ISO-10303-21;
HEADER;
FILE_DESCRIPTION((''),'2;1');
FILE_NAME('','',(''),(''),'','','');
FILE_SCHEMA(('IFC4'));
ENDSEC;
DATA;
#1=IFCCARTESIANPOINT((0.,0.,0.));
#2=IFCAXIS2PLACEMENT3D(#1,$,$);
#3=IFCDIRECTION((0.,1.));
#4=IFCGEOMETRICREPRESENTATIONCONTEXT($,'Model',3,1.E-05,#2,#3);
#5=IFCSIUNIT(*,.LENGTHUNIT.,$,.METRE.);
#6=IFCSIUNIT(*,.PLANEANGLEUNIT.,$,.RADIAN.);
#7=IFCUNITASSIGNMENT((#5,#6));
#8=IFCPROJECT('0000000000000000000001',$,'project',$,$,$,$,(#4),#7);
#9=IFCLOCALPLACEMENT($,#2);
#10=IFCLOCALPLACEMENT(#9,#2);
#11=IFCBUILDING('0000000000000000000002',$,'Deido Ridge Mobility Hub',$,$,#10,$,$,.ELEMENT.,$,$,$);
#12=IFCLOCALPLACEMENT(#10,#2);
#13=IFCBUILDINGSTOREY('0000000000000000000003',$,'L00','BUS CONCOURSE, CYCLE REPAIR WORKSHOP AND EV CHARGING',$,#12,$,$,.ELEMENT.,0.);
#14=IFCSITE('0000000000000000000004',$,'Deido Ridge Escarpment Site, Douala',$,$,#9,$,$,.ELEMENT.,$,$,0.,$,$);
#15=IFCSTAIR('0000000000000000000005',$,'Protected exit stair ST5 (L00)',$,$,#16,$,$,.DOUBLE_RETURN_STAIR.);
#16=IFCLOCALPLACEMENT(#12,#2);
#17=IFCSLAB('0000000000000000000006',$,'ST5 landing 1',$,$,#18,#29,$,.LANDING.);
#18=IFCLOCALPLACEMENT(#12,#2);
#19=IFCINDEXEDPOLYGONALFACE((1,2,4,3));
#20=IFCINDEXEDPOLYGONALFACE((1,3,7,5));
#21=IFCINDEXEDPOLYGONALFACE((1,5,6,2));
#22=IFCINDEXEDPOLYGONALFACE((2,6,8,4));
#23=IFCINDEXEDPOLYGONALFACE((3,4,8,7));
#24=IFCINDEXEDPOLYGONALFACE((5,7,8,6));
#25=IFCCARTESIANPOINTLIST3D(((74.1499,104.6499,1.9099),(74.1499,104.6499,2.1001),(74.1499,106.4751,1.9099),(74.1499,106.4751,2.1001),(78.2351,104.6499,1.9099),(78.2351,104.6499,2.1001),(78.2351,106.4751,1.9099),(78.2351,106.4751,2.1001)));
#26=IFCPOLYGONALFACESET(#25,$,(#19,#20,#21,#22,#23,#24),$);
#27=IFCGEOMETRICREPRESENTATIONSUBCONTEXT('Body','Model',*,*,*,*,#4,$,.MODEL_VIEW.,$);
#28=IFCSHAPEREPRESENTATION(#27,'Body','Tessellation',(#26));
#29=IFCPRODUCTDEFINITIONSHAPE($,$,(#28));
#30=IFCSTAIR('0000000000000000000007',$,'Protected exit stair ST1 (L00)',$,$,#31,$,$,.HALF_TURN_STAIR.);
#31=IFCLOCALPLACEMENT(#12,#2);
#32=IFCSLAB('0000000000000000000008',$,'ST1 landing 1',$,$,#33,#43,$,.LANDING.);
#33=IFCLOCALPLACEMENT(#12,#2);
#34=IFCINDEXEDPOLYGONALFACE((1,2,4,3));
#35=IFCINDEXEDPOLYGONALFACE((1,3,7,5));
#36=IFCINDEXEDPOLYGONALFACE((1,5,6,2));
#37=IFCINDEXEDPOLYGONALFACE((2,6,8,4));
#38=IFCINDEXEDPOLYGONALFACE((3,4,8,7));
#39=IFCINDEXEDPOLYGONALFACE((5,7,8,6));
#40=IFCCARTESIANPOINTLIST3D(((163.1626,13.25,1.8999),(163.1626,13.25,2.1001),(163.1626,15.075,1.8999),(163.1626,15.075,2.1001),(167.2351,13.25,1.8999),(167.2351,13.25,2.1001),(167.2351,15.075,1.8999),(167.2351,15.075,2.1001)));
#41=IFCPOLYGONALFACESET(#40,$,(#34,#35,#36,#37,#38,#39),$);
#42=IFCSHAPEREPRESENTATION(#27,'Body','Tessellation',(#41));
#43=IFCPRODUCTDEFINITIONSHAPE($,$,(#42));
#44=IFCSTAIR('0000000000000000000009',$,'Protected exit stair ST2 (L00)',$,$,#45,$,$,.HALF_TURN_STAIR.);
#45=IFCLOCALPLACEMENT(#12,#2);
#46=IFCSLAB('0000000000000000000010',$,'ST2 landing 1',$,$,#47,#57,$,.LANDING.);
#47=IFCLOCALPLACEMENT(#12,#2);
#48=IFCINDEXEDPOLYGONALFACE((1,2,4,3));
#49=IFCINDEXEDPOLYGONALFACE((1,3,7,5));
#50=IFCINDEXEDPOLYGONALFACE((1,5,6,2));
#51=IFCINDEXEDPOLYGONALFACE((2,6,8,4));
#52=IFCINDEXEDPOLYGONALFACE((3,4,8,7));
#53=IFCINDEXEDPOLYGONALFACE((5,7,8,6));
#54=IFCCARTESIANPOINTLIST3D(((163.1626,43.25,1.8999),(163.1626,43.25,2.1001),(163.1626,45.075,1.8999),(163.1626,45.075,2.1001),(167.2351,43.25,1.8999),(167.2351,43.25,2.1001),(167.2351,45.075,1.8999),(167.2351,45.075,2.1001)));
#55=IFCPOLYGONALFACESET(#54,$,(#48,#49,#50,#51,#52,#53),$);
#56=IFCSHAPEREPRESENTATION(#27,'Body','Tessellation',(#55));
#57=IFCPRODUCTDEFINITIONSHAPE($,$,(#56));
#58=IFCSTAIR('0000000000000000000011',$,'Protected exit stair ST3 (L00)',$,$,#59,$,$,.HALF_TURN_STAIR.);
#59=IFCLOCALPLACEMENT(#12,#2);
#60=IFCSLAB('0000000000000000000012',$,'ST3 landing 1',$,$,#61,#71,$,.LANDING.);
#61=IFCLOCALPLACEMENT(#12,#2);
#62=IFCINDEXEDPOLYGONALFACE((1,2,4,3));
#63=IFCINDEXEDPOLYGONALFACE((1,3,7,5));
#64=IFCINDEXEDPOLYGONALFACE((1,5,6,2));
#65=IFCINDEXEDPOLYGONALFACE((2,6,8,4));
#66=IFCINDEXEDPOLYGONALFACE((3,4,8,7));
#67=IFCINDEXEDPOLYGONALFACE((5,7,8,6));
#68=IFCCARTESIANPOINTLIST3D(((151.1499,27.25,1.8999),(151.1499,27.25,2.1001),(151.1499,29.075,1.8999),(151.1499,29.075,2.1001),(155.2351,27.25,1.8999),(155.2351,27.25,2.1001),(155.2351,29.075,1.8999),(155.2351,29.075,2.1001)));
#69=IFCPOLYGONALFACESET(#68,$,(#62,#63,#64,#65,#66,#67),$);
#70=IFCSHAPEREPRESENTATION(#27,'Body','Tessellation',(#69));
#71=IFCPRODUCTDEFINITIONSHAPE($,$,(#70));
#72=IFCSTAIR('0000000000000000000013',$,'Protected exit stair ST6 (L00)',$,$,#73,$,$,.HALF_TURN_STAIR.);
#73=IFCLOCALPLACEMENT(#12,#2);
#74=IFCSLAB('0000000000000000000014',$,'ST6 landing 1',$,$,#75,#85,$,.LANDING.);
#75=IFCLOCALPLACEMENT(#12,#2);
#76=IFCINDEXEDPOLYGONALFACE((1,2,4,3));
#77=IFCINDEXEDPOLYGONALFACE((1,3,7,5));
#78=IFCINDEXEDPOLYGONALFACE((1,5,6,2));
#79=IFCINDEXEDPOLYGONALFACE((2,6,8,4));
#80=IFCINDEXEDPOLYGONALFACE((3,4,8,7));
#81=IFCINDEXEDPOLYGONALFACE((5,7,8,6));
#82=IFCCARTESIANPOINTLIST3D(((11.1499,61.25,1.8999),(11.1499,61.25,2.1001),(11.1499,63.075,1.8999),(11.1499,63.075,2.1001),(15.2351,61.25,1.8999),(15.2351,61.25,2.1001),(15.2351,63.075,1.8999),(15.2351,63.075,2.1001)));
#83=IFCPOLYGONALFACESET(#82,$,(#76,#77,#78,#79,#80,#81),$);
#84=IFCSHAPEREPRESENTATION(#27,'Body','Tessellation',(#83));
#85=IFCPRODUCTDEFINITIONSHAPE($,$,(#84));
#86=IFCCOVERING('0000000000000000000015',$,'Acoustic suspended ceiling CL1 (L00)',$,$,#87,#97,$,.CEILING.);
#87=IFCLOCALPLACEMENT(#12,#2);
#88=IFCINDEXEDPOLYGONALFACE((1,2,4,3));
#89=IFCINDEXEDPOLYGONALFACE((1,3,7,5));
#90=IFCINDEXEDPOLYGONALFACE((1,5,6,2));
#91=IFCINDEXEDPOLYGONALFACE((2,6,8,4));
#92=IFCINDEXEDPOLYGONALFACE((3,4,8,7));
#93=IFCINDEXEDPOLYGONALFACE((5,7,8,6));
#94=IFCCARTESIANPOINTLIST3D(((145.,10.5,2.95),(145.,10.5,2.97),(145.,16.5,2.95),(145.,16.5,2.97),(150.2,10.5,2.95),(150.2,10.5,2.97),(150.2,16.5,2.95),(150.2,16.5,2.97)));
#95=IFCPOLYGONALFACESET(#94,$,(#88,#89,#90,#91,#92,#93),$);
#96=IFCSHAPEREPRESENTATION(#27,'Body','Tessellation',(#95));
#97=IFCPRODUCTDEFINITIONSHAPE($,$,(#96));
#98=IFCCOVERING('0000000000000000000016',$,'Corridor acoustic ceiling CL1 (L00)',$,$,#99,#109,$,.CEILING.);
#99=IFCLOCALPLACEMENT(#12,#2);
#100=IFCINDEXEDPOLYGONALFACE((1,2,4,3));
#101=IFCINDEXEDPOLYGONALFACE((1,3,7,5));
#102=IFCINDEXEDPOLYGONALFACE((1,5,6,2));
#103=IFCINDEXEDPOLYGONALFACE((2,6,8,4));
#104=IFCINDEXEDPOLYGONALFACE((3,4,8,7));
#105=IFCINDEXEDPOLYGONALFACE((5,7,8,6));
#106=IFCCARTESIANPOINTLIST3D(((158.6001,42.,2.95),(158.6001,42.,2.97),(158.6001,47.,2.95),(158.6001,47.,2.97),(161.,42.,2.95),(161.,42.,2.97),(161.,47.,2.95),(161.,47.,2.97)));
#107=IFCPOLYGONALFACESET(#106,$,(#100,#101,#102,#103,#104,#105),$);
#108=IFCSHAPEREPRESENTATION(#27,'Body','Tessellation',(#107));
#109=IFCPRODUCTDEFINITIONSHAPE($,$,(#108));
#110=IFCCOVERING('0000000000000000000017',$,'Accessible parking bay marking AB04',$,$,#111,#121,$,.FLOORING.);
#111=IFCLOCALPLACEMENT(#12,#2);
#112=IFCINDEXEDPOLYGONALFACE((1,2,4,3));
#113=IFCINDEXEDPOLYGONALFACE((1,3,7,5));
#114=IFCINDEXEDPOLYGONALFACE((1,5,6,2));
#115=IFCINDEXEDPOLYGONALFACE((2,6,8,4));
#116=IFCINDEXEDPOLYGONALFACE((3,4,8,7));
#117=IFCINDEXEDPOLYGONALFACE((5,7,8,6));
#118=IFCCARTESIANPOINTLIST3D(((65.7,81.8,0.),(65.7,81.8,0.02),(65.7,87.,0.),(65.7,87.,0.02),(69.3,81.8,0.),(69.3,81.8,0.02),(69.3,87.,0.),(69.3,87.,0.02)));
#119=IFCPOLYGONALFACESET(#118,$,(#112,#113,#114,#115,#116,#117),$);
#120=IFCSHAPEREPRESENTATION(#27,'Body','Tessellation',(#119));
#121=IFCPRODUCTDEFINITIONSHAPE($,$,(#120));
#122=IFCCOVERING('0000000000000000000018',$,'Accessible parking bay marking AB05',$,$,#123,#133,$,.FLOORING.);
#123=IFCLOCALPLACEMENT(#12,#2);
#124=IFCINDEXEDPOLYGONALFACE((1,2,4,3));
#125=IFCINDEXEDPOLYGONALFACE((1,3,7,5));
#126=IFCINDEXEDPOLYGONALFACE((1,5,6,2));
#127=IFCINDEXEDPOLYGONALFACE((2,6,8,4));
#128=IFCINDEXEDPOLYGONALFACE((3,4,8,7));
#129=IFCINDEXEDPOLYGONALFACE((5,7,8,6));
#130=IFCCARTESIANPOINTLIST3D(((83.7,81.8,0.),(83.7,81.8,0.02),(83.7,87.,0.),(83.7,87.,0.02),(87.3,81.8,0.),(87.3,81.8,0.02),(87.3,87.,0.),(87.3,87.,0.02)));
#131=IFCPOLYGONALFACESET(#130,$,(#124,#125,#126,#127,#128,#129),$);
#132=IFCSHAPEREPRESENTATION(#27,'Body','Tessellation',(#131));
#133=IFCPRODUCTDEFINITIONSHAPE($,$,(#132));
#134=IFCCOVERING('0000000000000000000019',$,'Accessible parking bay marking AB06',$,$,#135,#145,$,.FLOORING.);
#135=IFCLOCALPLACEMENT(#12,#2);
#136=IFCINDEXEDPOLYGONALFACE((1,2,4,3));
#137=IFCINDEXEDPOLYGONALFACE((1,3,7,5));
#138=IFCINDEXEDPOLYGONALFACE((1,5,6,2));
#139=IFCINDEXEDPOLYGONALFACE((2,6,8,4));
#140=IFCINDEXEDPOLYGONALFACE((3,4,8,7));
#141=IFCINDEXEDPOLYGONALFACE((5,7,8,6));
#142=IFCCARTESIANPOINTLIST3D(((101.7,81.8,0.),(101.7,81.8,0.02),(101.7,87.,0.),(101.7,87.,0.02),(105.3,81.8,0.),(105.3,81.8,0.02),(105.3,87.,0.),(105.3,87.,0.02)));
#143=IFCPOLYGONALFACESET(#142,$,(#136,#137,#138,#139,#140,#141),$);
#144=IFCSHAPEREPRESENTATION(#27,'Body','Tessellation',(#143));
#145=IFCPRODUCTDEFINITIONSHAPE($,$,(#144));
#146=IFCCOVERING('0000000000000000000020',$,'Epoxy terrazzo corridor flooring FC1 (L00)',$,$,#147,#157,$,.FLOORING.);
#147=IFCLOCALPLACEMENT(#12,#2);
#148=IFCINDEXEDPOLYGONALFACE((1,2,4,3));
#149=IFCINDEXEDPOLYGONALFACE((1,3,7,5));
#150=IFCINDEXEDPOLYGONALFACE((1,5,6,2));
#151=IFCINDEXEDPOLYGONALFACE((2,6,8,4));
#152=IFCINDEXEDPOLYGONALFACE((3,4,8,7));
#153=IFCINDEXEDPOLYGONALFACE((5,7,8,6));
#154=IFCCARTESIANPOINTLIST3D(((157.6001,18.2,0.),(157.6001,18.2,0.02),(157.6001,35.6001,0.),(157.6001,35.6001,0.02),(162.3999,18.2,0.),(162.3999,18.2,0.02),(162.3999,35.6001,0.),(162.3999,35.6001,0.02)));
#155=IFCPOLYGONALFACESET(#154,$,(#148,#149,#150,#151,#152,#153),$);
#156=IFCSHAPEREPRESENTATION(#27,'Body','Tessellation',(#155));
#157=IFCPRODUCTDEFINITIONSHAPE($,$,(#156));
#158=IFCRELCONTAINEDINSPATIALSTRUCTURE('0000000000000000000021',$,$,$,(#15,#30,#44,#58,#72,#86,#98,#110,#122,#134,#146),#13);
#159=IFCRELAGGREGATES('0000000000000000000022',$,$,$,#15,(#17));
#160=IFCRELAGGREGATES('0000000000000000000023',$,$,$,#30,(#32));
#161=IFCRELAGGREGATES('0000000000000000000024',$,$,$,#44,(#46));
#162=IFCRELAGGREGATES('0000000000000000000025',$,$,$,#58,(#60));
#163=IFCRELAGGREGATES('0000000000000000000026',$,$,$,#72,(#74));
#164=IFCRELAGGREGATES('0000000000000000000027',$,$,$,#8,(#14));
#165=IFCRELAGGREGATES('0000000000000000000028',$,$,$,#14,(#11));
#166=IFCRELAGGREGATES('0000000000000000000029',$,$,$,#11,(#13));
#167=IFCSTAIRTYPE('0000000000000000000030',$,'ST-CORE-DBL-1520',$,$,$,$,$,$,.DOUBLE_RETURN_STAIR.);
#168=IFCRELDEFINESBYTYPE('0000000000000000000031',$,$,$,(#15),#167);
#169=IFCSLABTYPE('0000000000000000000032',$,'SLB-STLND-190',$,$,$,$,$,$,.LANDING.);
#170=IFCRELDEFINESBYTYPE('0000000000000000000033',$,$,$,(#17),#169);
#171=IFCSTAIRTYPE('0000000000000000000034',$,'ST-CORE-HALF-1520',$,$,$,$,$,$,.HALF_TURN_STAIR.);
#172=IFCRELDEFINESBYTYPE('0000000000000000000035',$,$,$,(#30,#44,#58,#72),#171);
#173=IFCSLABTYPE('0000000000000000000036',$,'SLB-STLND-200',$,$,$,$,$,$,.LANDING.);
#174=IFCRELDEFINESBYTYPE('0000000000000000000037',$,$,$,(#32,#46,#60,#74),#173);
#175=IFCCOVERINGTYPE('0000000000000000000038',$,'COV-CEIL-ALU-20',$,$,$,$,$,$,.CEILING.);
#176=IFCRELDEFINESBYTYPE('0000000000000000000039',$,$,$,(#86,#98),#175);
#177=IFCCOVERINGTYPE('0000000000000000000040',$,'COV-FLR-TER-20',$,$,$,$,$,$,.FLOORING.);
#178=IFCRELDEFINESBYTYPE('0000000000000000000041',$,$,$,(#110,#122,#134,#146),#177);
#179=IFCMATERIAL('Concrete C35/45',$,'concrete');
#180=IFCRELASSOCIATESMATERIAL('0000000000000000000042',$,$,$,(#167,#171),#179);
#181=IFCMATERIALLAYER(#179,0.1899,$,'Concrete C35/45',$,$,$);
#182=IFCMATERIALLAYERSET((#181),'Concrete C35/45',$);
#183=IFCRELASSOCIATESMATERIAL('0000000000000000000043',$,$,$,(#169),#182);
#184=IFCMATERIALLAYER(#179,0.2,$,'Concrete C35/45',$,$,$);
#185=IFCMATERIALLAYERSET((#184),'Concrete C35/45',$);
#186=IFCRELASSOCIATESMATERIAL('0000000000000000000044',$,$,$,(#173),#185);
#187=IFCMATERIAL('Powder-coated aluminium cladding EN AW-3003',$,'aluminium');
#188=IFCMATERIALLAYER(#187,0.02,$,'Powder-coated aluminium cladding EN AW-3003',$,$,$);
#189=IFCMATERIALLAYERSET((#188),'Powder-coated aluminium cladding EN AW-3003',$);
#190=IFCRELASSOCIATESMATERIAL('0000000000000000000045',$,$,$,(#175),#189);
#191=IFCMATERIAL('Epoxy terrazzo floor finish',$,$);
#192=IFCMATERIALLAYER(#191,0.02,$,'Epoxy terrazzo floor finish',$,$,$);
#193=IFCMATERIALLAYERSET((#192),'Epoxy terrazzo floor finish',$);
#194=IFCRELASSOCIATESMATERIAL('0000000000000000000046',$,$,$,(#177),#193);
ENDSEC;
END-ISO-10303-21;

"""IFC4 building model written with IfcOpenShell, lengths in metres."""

from ifc_helpers import new_model, si_unit, direction, frame, origin, place, context, subcontext, project, spatial, polyline, outline, extrude, material, layer, layer_set, type_object, element, aggregate, save


model = new_model("IFC4")

# Units and contexts
model_context = context("Model", 3, precision=1e-05, world=origin(), true_north=direction((0.0, 1.0)))
body_context = subcontext(model_context, "Body", "Model", "MODEL_VIEW")
ifc_project = project(units=[si_unit("LENGTHUNIT", "METRE"), si_unit("PLANEANGLEUNIT", "RADIAN")], contexts=[model_context])

# Site, building, storey
site_placement = place(None, origin())
site = spatial("IfcSite", under=ifc_project, at=site_placement, Name="Deido Ridge Escarpment Site, Douala", CompositionType="ELEMENT", RefElevation=0.0)
building_placement = place(site_placement, origin())
building = spatial("IfcBuilding", under=site, at=building_placement, Name="Deido Ridge Mobility Hub", CompositionType="ELEMENT")
storey_placement = place(building_placement, origin())
storey = spatial("IfcBuildingStorey", under=building, at=storey_placement, Name="L00", Description="BUS CONCOURSE, CYCLE REPAIR WORKSHOP AND EV CHARGING", CompositionType="ELEMENT", Elevation=0.0)

# Shared definitions
ifc_material_1 = material(Name="Concrete C35/45", Category="concrete")

# Stairs, slabs
stair_type_1 = type_object("IfcStairType", Name="ST-CORE-DBL-1520", PredefinedType="DOUBLE_RETURN_STAIR", material=ifc_material_1)
ifc_layer_1 = layer(ifc_material_1, 0.1899, Name="Concrete C35/45")
ifc_layer_set_1 = layer_set([ifc_layer_1], Name="Concrete C35/45")
slab_type_1 = type_object("IfcSlabType", Name="SLB-STLND-190", PredefinedType="LANDING", material=ifc_layer_set_1)
stair_1_placement = place(storey_placement, origin())
stair_1 = element("IfcStair", 1, at=stair_1_placement, inside=storey, type_object=stair_type_1, Name="Protected exit stair ST5 (L00)", PredefinedType="DOUBLE_RETURN_STAIR")
slab_1_placement = place(storey_placement, frame((0.0, 0.0, 1.9099)))
slab_1 = element("IfcSlab", 2, at=slab_1_placement, type_object=slab_type_1, Name="ST5 landing 1", PredefinedType="LANDING", context=body_context, shape_type="SweptSolid", body=[
    extrude(outline(polyline([(74.1499, 104.6499), (78.2351, 104.6499), (78.2351, 106.4751), (74.1499, 106.4751), (74.1499, 104.6499)])), origin(), (0.0, 0.0, 1.0), 0.1902),
])
aggregate(stair_1, [slab_1])
stair_type_2 = type_object("IfcStairType", Name="ST-CORE-HALF-1520", PredefinedType="HALF_TURN_STAIR", material=ifc_material_1)
stair_2_placement = place(storey_placement, origin())
stair_2 = element("IfcStair", 3, at=stair_2_placement, inside=storey, type_object=stair_type_2, Name="Protected exit stair ST1 (L00)", PredefinedType="HALF_TURN_STAIR")
ifc_layer_2 = layer(ifc_material_1, 0.2, Name="Concrete C35/45")
ifc_layer_set_2 = layer_set([ifc_layer_2], Name="Concrete C35/45")
slab_type_2 = type_object("IfcSlabType", Name="SLB-STLND-200", PredefinedType="LANDING", material=ifc_layer_set_2)
slab_2_placement = place(storey_placement, frame((0.0, 0.0, 1.8999)))
slab_2 = element("IfcSlab", 4, at=slab_2_placement, type_object=slab_type_2, Name="ST1 landing 1", PredefinedType="LANDING", context=body_context, shape_type="SweptSolid", body=[
    extrude(outline(polyline([(163.1626, 13.25), (167.2351, 13.25), (167.2351, 15.075), (163.1626, 15.075), (163.1626, 13.25)])), origin(), (0.0, 0.0, 1.0), 0.2002),
])
aggregate(stair_2, [slab_2])
stair_3_placement = place(storey_placement, origin())
stair_3 = element("IfcStair", 5, at=stair_3_placement, inside=storey, type_object=stair_type_2, Name="Protected exit stair ST2 (L00)", PredefinedType="HALF_TURN_STAIR")
slab_3_placement = place(storey_placement, frame((0.0, 0.0, 1.8999)))
slab_3 = element("IfcSlab", 6, at=slab_3_placement, type_object=slab_type_2, Name="ST2 landing 1", PredefinedType="LANDING", context=body_context, shape_type="SweptSolid", body=[
    extrude(outline(polyline([(163.1626, 43.25), (167.2351, 43.25), (167.2351, 45.075), (163.1626, 45.075), (163.1626, 43.25)])), origin(), (0.0, 0.0, 1.0), 0.2002),
])
aggregate(stair_3, [slab_3])
stair_4_placement = place(storey_placement, origin())
stair_4 = element("IfcStair", 7, at=stair_4_placement, inside=storey, type_object=stair_type_2, Name="Protected exit stair ST3 (L00)", PredefinedType="HALF_TURN_STAIR")
slab_4_placement = place(storey_placement, frame((0.0, 0.0, 1.8999)))
slab_4 = element("IfcSlab", 8, at=slab_4_placement, type_object=slab_type_2, Name="ST3 landing 1", PredefinedType="LANDING", context=body_context, shape_type="SweptSolid", body=[
    extrude(outline(polyline([(151.1499, 27.25), (155.2351, 27.25), (155.2351, 29.075), (151.1499, 29.075), (151.1499, 27.25)])), origin(), (0.0, 0.0, 1.0), 0.2002),
])
aggregate(stair_4, [slab_4])
stair_5_placement = place(storey_placement, origin())
stair_5 = element("IfcStair", 9, at=stair_5_placement, inside=storey, type_object=stair_type_2, Name="Protected exit stair ST6 (L00)", PredefinedType="HALF_TURN_STAIR")
slab_5_placement = place(storey_placement, frame((0.0, 0.0, 1.8999)))
slab_5 = element("IfcSlab", 10, at=slab_5_placement, type_object=slab_type_2, Name="ST6 landing 1", PredefinedType="LANDING", context=body_context, shape_type="SweptSolid", body=[
    extrude(outline(polyline([(11.1499, 61.25), (15.2351, 61.25), (15.2351, 63.075), (11.1499, 63.075), (11.1499, 61.25)])), origin(), (0.0, 0.0, 1.0), 0.2002),
])
aggregate(stair_5, [slab_5])

# Coverings
ifc_material_2 = material(Name="Powder-coated aluminium cladding EN AW-3003", Category="aluminium")
ifc_layer_3 = layer(ifc_material_2, 0.02, Name="Powder-coated aluminium cladding EN AW-3003")
ifc_layer_set_3 = layer_set([ifc_layer_3], Name="Powder-coated aluminium cladding EN AW-3003")
covering_type_1 = type_object("IfcCoveringType", Name="COV-CEIL-ALU-20", PredefinedType="CEILING", material=ifc_layer_set_3)
covering_1_placement = place(storey_placement, frame((0.0, 0.0, 2.95)))
element("IfcCovering", 11, at=covering_1_placement, inside=storey, type_object=covering_type_1, Name="Acoustic suspended ceiling CL1 (L00)", PredefinedType="CEILING", context=body_context, shape_type="SweptSolid", body=[
    extrude(outline(polyline([(145.0, 10.5), (150.2, 10.5), (150.2, 16.5), (145.0, 16.5), (145.0, 10.5)])), origin(), (0.0, 0.0, 1.0), 0.02),
])
covering_2_placement = place(storey_placement, frame((0.0, 0.0, 2.95)))
element("IfcCovering", 12, at=covering_2_placement, inside=storey, type_object=covering_type_1, Name="Corridor acoustic ceiling CL1 (L00)", PredefinedType="CEILING", context=body_context, shape_type="SweptSolid", body=[
    extrude(outline(polyline([(158.6001, 42.0), (161.0, 42.0), (161.0, 47.0), (158.6001, 47.0), (158.6001, 42.0)])), origin(), (0.0, 0.0, 1.0), 0.02),
])
ifc_material_3 = material(Name="Epoxy terrazzo floor finish")
ifc_layer_4 = layer(ifc_material_3, 0.02, Name="Epoxy terrazzo floor finish")
ifc_layer_set_4 = layer_set([ifc_layer_4], Name="Epoxy terrazzo floor finish")
covering_type_2 = type_object("IfcCoveringType", Name="COV-FLR-TER-20", PredefinedType="FLOORING", material=ifc_layer_set_4)
covering_3_placement = place(storey_placement, origin())
element("IfcCovering", 13, at=covering_3_placement, inside=storey, type_object=covering_type_2, Name="Accessible parking bay marking AB04", PredefinedType="FLOORING", context=body_context, shape_type="SweptSolid", body=[
    extrude(outline(polyline([(65.7, 81.8), (69.3, 81.8), (69.3, 87.0), (65.7, 87.0), (65.7, 81.8)])), origin(), (0.0, 0.0, 1.0), 0.02),
])
covering_4_placement = place(storey_placement, origin())
element("IfcCovering", 14, at=covering_4_placement, inside=storey, type_object=covering_type_2, Name="Accessible parking bay marking AB05", PredefinedType="FLOORING", context=body_context, shape_type="SweptSolid", body=[
    extrude(outline(polyline([(83.7, 81.8), (87.3, 81.8), (87.3, 87.0), (83.7, 87.0), (83.7, 81.8)])), origin(), (0.0, 0.0, 1.0), 0.02),
])
covering_5_placement = place(storey_placement, origin())
element("IfcCovering", 15, at=covering_5_placement, inside=storey, type_object=covering_type_2, Name="Accessible parking bay marking AB06", PredefinedType="FLOORING", context=body_context, shape_type="SweptSolid", body=[
    extrude(outline(polyline([(101.7, 81.8), (105.3, 81.8), (105.3, 87.0), (101.7, 87.0), (101.7, 81.8)])), origin(), (0.0, 0.0, 1.0), 0.02),
])
covering_6_placement = place(storey_placement, origin())
element("IfcCovering", 16, at=covering_6_placement, inside=storey, type_object=covering_type_2, Name="Epoxy terrazzo corridor flooring FC1 (L00)", PredefinedType="FLOORING", context=body_context, shape_type="SweptSolid", body=[
    extrude(outline(polyline([(157.6001, 18.2), (162.3999, 18.2), (162.3999, 35.6001), (157.6001, 35.6001), (157.6001, 18.2)])), origin(), (0.0, 0.0, 1.0), 0.02),
])

save(model, "model.ifc")
